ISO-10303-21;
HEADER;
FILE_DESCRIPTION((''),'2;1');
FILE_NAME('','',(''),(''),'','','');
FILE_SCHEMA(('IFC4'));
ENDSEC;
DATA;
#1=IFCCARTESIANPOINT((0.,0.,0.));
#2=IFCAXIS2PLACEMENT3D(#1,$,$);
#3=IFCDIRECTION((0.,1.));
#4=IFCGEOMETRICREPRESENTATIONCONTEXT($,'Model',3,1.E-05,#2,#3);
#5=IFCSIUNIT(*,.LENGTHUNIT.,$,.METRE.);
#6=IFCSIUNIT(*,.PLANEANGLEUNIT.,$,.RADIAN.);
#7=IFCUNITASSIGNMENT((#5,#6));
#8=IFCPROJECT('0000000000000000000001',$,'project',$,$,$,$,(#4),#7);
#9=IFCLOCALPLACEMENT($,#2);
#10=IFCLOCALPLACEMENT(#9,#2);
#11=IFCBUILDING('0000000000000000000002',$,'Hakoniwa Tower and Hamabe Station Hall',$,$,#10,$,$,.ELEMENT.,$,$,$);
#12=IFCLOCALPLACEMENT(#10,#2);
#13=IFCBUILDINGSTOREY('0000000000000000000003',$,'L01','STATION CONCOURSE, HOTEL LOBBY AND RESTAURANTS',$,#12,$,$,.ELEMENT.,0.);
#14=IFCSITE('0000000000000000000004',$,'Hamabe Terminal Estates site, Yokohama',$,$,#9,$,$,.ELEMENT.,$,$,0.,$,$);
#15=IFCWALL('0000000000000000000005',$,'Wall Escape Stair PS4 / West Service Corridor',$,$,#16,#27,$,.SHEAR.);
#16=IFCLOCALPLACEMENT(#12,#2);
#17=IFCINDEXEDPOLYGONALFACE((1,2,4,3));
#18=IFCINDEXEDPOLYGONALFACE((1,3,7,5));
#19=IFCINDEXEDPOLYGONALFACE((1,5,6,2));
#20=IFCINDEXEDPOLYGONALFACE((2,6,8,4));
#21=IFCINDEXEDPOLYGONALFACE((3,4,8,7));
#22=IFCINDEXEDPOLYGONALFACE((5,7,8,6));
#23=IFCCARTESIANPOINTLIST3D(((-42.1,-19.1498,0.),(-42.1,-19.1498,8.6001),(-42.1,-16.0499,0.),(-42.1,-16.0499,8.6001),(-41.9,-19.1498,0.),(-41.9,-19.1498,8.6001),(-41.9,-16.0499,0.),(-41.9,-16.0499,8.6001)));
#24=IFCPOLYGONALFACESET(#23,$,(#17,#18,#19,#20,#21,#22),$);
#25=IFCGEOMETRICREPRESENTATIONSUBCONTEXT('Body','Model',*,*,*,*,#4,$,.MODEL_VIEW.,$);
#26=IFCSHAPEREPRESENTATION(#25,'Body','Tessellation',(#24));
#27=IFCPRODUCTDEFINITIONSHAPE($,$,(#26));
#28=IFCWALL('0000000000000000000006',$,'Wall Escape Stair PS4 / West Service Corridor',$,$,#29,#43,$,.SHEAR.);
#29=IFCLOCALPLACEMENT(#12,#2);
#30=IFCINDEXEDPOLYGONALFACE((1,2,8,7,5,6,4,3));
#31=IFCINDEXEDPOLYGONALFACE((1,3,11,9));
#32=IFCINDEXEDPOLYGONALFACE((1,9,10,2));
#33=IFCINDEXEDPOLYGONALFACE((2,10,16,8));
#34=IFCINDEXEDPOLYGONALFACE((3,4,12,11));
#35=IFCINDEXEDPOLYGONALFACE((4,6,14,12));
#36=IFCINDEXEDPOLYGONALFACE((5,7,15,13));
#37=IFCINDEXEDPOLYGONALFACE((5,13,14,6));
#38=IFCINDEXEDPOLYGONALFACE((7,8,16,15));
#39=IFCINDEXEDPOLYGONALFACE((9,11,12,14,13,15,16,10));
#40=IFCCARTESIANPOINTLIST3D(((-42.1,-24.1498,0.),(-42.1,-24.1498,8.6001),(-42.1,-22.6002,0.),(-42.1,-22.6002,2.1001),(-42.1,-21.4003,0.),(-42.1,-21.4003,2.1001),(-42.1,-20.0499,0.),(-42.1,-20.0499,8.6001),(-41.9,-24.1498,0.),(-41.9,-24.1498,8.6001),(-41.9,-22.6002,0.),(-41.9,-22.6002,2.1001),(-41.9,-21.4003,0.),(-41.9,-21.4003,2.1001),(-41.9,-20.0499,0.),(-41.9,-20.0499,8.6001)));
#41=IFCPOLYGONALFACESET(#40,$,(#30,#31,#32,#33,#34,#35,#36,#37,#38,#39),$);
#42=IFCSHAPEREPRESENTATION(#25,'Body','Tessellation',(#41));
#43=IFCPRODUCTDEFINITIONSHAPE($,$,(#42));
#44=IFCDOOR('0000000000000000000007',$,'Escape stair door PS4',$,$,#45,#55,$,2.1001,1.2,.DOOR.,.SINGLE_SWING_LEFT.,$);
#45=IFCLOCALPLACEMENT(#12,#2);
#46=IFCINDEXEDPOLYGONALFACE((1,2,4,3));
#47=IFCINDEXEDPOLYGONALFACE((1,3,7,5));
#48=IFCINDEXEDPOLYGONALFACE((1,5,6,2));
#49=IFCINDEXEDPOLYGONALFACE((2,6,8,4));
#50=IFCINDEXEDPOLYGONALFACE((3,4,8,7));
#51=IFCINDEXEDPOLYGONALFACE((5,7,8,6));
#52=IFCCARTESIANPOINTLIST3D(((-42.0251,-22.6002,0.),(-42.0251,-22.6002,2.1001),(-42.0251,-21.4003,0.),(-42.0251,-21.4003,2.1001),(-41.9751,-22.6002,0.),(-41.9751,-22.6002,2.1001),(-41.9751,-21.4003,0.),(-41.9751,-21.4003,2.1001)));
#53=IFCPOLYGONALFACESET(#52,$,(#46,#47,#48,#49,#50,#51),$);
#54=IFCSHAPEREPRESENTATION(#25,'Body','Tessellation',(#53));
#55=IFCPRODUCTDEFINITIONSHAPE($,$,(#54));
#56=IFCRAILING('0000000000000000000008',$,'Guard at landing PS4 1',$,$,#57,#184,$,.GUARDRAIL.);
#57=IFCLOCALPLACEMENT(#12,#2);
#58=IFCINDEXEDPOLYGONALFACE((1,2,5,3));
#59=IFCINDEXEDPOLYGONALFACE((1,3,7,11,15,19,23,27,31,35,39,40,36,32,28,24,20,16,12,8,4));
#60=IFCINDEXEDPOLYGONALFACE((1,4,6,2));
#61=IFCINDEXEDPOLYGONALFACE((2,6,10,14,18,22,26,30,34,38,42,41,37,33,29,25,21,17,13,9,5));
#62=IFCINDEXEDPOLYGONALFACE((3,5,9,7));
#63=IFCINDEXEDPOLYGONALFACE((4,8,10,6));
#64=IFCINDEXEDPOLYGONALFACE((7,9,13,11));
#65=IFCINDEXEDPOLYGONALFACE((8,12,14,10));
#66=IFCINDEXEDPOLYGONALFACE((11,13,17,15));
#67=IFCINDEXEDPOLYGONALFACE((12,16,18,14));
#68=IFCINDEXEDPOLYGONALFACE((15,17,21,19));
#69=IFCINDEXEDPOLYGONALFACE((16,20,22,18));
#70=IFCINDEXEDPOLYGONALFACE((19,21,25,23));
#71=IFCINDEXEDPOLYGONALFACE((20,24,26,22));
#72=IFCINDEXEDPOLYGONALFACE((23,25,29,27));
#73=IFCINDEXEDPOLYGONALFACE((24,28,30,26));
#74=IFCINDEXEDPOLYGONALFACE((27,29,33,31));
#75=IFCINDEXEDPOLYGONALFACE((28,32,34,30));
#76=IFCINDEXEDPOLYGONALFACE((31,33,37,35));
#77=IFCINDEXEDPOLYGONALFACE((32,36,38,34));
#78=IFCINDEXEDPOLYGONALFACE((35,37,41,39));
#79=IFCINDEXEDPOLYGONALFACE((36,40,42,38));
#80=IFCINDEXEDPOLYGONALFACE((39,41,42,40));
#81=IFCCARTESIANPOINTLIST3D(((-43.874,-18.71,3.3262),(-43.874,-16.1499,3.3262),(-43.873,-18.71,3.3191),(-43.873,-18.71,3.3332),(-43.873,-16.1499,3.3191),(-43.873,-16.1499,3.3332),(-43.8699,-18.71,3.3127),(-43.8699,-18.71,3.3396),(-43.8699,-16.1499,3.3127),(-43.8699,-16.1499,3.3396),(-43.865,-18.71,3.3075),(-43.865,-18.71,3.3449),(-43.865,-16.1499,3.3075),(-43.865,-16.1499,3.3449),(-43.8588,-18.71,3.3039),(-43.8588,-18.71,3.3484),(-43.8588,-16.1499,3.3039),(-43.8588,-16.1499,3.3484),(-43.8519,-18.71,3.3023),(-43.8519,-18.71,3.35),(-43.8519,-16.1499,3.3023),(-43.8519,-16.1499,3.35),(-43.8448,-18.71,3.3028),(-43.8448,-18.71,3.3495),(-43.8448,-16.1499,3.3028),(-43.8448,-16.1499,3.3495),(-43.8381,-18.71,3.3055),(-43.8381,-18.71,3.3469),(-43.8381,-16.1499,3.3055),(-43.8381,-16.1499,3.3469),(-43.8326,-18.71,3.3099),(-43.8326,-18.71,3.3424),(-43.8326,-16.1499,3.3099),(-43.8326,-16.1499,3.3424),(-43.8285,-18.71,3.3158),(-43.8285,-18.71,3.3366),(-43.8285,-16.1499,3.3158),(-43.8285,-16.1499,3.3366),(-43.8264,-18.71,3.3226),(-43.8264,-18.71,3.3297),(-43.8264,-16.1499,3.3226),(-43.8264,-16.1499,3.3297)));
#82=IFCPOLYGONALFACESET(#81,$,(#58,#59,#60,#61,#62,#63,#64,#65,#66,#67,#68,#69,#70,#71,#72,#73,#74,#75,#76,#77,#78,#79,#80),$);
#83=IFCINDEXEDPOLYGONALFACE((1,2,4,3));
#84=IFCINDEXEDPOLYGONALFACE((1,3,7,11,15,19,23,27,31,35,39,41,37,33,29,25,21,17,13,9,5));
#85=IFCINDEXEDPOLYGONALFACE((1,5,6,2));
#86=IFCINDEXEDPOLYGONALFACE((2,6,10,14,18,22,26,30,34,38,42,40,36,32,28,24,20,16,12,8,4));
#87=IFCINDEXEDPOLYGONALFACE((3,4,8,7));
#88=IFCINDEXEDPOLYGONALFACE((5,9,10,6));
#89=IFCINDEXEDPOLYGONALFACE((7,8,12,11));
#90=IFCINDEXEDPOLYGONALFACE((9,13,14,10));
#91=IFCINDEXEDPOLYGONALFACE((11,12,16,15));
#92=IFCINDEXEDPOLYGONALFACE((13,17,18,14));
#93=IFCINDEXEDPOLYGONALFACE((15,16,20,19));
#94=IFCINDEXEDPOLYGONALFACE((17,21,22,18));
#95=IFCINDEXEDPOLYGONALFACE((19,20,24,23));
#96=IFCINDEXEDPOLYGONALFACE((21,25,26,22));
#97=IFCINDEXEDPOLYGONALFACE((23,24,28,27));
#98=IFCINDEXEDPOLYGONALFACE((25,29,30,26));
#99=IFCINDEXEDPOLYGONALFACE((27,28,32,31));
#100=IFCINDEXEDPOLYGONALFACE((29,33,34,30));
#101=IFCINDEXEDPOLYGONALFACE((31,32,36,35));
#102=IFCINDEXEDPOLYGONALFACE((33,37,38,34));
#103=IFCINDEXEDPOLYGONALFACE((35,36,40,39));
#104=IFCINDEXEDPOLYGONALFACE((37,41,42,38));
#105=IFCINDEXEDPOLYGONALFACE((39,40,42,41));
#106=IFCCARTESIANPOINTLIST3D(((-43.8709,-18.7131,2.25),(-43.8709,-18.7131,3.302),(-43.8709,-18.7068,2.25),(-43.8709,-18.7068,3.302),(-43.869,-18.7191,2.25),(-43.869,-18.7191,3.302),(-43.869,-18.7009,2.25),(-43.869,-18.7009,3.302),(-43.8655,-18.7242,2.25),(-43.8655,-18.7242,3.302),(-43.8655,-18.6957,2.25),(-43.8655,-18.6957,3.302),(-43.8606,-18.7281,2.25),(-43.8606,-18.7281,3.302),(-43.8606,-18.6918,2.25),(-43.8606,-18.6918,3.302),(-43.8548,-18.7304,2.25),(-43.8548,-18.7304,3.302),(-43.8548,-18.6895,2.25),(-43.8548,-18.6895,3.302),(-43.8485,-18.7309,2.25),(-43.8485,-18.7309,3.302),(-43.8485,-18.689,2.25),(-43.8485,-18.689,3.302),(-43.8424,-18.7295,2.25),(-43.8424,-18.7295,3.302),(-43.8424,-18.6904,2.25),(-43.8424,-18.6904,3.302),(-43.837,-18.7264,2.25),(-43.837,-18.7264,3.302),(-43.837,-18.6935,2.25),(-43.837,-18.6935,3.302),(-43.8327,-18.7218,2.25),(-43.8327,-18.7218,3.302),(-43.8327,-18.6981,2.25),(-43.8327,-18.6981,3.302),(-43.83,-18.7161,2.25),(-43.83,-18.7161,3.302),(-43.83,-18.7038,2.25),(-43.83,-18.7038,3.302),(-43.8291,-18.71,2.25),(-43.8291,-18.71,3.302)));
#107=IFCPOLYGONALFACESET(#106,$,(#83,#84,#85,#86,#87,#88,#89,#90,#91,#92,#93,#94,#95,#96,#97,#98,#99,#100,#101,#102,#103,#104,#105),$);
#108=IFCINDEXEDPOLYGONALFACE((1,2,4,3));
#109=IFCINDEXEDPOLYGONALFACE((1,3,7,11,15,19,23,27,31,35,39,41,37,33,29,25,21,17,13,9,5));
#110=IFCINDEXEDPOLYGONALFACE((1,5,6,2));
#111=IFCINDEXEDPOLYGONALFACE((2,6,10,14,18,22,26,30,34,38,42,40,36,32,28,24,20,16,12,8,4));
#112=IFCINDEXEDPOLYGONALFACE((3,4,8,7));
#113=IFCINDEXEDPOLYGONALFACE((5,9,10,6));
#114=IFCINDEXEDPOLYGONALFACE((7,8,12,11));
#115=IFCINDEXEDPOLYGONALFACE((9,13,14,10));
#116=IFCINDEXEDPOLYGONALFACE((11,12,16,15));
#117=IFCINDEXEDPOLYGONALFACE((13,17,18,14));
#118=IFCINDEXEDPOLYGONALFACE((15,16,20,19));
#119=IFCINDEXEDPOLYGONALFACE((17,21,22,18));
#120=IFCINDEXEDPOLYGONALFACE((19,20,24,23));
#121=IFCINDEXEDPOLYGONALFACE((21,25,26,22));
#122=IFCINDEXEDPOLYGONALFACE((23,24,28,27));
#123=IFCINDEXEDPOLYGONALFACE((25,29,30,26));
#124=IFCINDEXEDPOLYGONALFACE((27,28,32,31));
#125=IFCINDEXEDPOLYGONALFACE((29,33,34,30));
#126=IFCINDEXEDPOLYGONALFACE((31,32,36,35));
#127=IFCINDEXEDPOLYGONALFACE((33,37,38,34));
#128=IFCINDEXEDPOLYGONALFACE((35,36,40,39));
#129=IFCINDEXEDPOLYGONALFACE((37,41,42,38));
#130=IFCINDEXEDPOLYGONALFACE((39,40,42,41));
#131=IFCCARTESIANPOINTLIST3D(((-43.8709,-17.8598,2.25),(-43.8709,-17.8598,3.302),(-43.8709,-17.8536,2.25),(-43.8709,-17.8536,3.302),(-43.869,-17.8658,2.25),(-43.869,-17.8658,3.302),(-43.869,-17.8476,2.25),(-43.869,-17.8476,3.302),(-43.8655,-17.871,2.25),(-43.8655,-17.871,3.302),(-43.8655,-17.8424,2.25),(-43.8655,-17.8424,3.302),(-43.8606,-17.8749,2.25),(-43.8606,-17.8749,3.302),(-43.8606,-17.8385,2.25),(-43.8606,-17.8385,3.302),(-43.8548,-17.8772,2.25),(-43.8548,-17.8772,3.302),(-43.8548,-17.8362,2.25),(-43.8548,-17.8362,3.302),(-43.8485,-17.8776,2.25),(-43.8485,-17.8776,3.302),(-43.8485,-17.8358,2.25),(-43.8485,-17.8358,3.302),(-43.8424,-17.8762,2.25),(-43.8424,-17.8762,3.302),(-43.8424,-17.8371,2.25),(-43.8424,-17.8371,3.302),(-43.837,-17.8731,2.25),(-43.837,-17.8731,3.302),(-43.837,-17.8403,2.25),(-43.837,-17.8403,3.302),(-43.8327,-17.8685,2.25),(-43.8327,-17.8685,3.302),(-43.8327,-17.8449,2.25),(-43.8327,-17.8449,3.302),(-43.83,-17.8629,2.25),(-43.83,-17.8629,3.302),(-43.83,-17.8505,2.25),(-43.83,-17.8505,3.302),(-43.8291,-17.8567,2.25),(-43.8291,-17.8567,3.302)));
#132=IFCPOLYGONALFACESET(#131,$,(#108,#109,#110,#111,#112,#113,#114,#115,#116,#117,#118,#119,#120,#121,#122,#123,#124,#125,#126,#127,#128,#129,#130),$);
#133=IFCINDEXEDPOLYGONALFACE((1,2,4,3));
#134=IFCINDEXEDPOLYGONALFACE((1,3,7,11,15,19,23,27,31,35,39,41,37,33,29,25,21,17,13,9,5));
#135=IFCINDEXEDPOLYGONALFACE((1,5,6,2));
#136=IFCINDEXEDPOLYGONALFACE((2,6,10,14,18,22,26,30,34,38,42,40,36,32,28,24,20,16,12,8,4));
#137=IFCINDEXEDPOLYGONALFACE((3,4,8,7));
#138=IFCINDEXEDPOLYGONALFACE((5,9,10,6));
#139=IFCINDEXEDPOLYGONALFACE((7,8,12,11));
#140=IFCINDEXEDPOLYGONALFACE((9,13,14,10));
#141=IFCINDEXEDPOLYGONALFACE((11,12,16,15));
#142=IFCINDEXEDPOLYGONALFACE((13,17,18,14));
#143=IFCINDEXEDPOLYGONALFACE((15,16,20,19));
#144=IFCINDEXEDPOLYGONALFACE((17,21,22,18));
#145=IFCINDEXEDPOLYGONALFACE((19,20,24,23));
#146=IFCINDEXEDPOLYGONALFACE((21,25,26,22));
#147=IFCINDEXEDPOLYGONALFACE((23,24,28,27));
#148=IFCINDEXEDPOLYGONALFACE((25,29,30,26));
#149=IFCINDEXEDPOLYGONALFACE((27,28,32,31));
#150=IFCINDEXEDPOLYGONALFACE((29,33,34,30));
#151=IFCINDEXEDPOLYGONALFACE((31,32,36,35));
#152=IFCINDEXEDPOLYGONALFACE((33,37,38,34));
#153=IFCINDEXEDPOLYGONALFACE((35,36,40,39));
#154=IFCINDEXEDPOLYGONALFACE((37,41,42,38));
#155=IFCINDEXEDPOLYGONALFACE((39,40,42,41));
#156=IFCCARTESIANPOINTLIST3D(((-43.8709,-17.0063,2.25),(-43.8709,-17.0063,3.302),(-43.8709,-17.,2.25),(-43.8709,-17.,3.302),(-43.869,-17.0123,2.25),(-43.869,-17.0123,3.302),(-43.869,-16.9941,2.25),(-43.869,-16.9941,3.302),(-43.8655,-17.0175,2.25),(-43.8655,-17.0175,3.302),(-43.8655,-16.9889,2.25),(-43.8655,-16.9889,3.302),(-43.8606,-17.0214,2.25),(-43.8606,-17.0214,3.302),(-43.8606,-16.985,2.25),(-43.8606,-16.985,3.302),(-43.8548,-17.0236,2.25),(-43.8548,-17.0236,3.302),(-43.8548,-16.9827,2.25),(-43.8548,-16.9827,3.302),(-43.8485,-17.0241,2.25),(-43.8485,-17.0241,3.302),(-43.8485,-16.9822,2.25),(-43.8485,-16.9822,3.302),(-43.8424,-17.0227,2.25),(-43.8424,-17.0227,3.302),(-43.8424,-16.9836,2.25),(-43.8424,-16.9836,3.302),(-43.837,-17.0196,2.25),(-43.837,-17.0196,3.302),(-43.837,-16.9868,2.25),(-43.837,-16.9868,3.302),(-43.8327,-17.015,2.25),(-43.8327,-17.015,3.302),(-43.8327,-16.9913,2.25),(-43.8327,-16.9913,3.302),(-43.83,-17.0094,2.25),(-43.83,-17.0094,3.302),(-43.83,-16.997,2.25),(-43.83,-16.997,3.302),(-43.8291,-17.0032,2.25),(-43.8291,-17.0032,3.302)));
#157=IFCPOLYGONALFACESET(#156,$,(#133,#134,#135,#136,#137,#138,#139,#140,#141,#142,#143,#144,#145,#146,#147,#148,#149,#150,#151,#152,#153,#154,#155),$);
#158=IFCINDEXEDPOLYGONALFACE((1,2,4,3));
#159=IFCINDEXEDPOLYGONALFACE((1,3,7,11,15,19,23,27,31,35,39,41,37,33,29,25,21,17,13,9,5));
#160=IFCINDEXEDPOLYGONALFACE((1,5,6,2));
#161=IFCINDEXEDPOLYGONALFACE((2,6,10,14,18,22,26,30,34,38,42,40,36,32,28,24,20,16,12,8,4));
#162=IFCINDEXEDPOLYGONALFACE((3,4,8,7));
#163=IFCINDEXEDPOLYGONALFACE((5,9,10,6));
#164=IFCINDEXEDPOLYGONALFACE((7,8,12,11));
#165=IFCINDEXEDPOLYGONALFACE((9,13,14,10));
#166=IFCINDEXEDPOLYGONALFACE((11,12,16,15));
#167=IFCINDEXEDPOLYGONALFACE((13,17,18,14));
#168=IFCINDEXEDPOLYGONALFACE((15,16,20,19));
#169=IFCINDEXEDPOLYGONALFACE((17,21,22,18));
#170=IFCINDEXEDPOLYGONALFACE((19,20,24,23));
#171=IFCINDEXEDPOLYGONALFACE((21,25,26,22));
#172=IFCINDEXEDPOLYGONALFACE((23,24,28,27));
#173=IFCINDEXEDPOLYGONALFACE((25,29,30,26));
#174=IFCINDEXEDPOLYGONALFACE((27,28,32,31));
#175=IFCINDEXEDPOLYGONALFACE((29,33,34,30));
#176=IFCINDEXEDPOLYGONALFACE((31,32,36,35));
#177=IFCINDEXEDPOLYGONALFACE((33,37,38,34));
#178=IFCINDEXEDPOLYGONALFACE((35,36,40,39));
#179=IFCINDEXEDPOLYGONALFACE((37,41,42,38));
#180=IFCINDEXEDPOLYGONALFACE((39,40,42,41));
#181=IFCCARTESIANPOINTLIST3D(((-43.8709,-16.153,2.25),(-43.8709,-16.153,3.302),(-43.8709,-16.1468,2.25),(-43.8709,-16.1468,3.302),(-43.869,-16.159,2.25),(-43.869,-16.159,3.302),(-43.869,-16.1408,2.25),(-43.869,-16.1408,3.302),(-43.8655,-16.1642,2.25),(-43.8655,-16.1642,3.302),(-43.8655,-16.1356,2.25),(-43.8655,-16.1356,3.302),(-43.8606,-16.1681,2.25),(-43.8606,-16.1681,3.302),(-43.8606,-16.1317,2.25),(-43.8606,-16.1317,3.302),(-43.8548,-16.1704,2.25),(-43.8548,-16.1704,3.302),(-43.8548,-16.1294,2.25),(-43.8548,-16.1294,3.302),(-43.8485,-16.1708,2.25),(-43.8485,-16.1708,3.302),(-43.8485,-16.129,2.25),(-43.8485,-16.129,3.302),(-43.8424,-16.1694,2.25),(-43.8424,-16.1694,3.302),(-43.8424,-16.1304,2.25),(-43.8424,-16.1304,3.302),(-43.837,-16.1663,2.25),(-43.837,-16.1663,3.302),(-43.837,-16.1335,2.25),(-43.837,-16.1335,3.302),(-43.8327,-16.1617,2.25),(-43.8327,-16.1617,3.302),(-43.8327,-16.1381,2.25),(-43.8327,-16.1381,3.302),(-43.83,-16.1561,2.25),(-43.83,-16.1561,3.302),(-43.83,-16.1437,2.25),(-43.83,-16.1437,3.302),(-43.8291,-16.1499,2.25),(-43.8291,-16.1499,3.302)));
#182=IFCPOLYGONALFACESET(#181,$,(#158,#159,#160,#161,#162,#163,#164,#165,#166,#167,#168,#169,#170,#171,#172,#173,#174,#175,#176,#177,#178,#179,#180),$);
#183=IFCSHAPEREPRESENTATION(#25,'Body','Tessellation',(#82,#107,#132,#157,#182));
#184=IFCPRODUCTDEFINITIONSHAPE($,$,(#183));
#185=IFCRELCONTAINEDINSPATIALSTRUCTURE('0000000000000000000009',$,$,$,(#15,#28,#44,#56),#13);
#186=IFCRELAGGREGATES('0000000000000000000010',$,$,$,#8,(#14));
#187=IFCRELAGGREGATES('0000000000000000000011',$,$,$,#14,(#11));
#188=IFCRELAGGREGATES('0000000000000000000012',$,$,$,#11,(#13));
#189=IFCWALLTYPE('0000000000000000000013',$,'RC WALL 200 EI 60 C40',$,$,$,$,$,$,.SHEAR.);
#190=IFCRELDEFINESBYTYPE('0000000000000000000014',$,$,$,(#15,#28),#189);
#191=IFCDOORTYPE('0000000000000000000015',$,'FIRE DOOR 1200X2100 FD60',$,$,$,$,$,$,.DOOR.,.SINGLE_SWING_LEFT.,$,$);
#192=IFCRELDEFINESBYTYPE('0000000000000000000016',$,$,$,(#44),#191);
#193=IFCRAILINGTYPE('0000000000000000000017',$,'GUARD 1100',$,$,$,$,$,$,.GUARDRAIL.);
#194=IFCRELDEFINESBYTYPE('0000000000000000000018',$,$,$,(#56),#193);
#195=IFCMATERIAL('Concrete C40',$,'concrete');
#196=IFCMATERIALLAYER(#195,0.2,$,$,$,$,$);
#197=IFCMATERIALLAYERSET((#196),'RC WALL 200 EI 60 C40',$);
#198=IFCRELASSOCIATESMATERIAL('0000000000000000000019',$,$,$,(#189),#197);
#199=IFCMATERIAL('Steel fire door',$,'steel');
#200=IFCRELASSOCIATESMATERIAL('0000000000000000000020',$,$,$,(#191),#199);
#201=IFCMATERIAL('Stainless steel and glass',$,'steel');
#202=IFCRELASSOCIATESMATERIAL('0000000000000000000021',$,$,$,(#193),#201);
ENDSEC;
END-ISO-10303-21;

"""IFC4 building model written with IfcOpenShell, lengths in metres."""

from ifc_helpers import new_model, si_unit, direction, frame, frame_2d, origin, origin_2d, place, context, subcontext, project, spatial, rectangle, circle, extrude, material, layer, layer_set, type_object, element, fill, save


model = new_model("IFC4")

# Units and contexts
model_context = context("Model", 3, precision=1e-05, world=origin(), true_north=direction((0.0, 1.0)))
body_context = subcontext(model_context, "Body", "Model", "MODEL_VIEW")
ifc_project = project(units=[si_unit("LENGTHUNIT", "METRE"), si_unit("PLANEANGLEUNIT", "RADIAN")], contexts=[model_context])

# Site, building, storey
site_placement = place(None, origin())
site = spatial("IfcSite", under=ifc_project, at=site_placement, Name="Hamabe Terminal Estates site, Yokohama", CompositionType="ELEMENT", RefElevation=0.0)
building_placement = place(site_placement, origin())
building = spatial("IfcBuilding", under=site, at=building_placement, Name="Hakoniwa Tower and Hamabe Station Hall", CompositionType="ELEMENT")
storey_placement = place(building_placement, origin())
storey = spatial("IfcBuildingStorey", under=building, at=storey_placement, Name="L01", Description="STATION CONCOURSE, HOTEL LOBBY AND RESTAURANTS", CompositionType="ELEMENT", Elevation=0.0)

# Wall
ifc_material_1 = material(Name="Concrete C40", Category="concrete")
ifc_layer_1 = layer(ifc_material_1, 0.2)
ifc_layer_set_1 = layer_set([ifc_layer_1], Name="RC WALL 200 EI 60 C40")
wall_type_1 = type_object("IfcWallType", Name="RC WALL 200 EI 60 C40", PredefinedType="SHEAR", material=ifc_layer_set_1)
wall_1_placement = place(storey_placement, frame((-42.0, -16.05, 0.0), z_axis=(0.0, 0.0, 1.0), x_axis=(0.0, -1.0, 0.0)))
element("IfcWall", 1, at=wall_1_placement, inside=storey, type_object=wall_type_1, Name="Wall Escape Stair PS4 / West Service Corridor", PredefinedType="SHEAR", context=body_context, shape_type="SweptSolid", body=[
    extrude(rectangle(XDim=3.0999, YDim=0.2, at=frame_2d((1.5498, 0.0))), origin(), (0.0, 0.0, 1.0), 8.6001),
])

# Wall, opening, door
wall_2_placement = place(storey_placement, frame((-42.0, -20.05, 0.0), z_axis=(0.0, 0.0, 1.0), x_axis=(0.0, -1.0, 0.0)))
wall_2 = element("IfcWall", 2, at=wall_2_placement, inside=storey, type_object=wall_type_1, Name="Wall Escape Stair PS4 / West Service Corridor", PredefinedType="SHEAR", context=body_context, shape_type="SweptSolid", body=[
    extrude(rectangle(XDim=4.0999, YDim=0.2, at=frame_2d((2.0498, 0.0))), origin(), (0.0, 0.0, 1.0), 8.6001),
])
opening_1_placement = place(wall_2_placement, frame((1.3501, 0.0, 0.0)))
opening_1 = element("IfcOpeningElement", 3, at=opening_1_placement, cuts=wall_2, PredefinedType="OPENING", context=body_context, shape_type="SweptSolid", body=[
    extrude(rectangle(XDim=1.2, YDim=2.1001, at=frame_2d((0.6001, 1.05))), frame((0.0, 0.1099, 0.0), z_axis=(0.0, -1.0, 0.0), x_axis=(1.0, 0.0, 0.0)), (0.0, 0.0, 1.0), 0.22),
])
ifc_material_2 = material(Name="Steel fire door", Category="steel")
door_type_1 = type_object("IfcDoorType", Name="FIRE DOOR 1200X2100 FD60", OperationType="SINGLE_SWING_LEFT", PredefinedType="DOOR", material=ifc_material_2)
door_1_placement = place(opening_1_placement, origin())
door_1 = element("IfcDoor", 4, at=door_1_placement, inside=storey, type_object=door_type_1, Name="Escape stair door PS4", OperationType="SINGLE_SWING_LEFT", OverallHeight=2.1001, OverallWidth=1.2, PredefinedType="DOOR", context=body_context, shape_type="SweptSolid", body=[
    extrude(rectangle(XDim=1.2, YDim=2.1001, at=frame_2d((0.6001, 1.05))), frame((0.0, 0.0249, 0.0), z_axis=(0.0, -1.0, 0.0), x_axis=(1.0, 0.0, 0.0)), (0.0, 0.0, 1.0), 0.05),
])
fill(opening_1, door_1)

# Railing
ifc_material_3 = material(Name="Stainless steel and glass", Category="steel")
railing_type_1 = type_object("IfcRailingType", Name="GUARD 1100", PredefinedType="GUARDRAIL", material=ifc_material_3)
railing_1_placement = place(storey_placement, frame((-43.8501, -18.71, 2.25)))
element("IfcRailing", 5, at=railing_1_placement, inside=storey, type_object=railing_type_1, Name="Guard at landing PS4 1", PredefinedType="GUARDRAIL", context=body_context, shape_type="SweptSolid", body=[
    extrude(circle(Radius=0.0239, at=origin_2d()), frame((0.0, 0.0, 1.0762), z_axis=(0.0, 1.0, 0.0), x_axis=(-1.0, 0.0, 0.0)), (0.0, 0.0, 1.0), 2.5601),
    extrude(circle(Radius=0.021, at=origin_2d()), origin(), (0.0, 0.0, 1.0), 1.052),
    extrude(circle(Radius=0.021, at=origin_2d()), frame((0.0, 0.8533, 0.0)), (0.0, 0.0, 1.0), 1.052),
    extrude(circle(Radius=0.021, at=origin_2d()), frame((0.0, 1.7068, 0.0)), (0.0, 0.0, 1.0), 1.052),
    extrude(circle(Radius=0.021, at=origin_2d()), frame((0.0, 2.5601, 0.0)), (0.0, 0.0, 1.0), 1.052),
])

save(model, "model.ifc")
